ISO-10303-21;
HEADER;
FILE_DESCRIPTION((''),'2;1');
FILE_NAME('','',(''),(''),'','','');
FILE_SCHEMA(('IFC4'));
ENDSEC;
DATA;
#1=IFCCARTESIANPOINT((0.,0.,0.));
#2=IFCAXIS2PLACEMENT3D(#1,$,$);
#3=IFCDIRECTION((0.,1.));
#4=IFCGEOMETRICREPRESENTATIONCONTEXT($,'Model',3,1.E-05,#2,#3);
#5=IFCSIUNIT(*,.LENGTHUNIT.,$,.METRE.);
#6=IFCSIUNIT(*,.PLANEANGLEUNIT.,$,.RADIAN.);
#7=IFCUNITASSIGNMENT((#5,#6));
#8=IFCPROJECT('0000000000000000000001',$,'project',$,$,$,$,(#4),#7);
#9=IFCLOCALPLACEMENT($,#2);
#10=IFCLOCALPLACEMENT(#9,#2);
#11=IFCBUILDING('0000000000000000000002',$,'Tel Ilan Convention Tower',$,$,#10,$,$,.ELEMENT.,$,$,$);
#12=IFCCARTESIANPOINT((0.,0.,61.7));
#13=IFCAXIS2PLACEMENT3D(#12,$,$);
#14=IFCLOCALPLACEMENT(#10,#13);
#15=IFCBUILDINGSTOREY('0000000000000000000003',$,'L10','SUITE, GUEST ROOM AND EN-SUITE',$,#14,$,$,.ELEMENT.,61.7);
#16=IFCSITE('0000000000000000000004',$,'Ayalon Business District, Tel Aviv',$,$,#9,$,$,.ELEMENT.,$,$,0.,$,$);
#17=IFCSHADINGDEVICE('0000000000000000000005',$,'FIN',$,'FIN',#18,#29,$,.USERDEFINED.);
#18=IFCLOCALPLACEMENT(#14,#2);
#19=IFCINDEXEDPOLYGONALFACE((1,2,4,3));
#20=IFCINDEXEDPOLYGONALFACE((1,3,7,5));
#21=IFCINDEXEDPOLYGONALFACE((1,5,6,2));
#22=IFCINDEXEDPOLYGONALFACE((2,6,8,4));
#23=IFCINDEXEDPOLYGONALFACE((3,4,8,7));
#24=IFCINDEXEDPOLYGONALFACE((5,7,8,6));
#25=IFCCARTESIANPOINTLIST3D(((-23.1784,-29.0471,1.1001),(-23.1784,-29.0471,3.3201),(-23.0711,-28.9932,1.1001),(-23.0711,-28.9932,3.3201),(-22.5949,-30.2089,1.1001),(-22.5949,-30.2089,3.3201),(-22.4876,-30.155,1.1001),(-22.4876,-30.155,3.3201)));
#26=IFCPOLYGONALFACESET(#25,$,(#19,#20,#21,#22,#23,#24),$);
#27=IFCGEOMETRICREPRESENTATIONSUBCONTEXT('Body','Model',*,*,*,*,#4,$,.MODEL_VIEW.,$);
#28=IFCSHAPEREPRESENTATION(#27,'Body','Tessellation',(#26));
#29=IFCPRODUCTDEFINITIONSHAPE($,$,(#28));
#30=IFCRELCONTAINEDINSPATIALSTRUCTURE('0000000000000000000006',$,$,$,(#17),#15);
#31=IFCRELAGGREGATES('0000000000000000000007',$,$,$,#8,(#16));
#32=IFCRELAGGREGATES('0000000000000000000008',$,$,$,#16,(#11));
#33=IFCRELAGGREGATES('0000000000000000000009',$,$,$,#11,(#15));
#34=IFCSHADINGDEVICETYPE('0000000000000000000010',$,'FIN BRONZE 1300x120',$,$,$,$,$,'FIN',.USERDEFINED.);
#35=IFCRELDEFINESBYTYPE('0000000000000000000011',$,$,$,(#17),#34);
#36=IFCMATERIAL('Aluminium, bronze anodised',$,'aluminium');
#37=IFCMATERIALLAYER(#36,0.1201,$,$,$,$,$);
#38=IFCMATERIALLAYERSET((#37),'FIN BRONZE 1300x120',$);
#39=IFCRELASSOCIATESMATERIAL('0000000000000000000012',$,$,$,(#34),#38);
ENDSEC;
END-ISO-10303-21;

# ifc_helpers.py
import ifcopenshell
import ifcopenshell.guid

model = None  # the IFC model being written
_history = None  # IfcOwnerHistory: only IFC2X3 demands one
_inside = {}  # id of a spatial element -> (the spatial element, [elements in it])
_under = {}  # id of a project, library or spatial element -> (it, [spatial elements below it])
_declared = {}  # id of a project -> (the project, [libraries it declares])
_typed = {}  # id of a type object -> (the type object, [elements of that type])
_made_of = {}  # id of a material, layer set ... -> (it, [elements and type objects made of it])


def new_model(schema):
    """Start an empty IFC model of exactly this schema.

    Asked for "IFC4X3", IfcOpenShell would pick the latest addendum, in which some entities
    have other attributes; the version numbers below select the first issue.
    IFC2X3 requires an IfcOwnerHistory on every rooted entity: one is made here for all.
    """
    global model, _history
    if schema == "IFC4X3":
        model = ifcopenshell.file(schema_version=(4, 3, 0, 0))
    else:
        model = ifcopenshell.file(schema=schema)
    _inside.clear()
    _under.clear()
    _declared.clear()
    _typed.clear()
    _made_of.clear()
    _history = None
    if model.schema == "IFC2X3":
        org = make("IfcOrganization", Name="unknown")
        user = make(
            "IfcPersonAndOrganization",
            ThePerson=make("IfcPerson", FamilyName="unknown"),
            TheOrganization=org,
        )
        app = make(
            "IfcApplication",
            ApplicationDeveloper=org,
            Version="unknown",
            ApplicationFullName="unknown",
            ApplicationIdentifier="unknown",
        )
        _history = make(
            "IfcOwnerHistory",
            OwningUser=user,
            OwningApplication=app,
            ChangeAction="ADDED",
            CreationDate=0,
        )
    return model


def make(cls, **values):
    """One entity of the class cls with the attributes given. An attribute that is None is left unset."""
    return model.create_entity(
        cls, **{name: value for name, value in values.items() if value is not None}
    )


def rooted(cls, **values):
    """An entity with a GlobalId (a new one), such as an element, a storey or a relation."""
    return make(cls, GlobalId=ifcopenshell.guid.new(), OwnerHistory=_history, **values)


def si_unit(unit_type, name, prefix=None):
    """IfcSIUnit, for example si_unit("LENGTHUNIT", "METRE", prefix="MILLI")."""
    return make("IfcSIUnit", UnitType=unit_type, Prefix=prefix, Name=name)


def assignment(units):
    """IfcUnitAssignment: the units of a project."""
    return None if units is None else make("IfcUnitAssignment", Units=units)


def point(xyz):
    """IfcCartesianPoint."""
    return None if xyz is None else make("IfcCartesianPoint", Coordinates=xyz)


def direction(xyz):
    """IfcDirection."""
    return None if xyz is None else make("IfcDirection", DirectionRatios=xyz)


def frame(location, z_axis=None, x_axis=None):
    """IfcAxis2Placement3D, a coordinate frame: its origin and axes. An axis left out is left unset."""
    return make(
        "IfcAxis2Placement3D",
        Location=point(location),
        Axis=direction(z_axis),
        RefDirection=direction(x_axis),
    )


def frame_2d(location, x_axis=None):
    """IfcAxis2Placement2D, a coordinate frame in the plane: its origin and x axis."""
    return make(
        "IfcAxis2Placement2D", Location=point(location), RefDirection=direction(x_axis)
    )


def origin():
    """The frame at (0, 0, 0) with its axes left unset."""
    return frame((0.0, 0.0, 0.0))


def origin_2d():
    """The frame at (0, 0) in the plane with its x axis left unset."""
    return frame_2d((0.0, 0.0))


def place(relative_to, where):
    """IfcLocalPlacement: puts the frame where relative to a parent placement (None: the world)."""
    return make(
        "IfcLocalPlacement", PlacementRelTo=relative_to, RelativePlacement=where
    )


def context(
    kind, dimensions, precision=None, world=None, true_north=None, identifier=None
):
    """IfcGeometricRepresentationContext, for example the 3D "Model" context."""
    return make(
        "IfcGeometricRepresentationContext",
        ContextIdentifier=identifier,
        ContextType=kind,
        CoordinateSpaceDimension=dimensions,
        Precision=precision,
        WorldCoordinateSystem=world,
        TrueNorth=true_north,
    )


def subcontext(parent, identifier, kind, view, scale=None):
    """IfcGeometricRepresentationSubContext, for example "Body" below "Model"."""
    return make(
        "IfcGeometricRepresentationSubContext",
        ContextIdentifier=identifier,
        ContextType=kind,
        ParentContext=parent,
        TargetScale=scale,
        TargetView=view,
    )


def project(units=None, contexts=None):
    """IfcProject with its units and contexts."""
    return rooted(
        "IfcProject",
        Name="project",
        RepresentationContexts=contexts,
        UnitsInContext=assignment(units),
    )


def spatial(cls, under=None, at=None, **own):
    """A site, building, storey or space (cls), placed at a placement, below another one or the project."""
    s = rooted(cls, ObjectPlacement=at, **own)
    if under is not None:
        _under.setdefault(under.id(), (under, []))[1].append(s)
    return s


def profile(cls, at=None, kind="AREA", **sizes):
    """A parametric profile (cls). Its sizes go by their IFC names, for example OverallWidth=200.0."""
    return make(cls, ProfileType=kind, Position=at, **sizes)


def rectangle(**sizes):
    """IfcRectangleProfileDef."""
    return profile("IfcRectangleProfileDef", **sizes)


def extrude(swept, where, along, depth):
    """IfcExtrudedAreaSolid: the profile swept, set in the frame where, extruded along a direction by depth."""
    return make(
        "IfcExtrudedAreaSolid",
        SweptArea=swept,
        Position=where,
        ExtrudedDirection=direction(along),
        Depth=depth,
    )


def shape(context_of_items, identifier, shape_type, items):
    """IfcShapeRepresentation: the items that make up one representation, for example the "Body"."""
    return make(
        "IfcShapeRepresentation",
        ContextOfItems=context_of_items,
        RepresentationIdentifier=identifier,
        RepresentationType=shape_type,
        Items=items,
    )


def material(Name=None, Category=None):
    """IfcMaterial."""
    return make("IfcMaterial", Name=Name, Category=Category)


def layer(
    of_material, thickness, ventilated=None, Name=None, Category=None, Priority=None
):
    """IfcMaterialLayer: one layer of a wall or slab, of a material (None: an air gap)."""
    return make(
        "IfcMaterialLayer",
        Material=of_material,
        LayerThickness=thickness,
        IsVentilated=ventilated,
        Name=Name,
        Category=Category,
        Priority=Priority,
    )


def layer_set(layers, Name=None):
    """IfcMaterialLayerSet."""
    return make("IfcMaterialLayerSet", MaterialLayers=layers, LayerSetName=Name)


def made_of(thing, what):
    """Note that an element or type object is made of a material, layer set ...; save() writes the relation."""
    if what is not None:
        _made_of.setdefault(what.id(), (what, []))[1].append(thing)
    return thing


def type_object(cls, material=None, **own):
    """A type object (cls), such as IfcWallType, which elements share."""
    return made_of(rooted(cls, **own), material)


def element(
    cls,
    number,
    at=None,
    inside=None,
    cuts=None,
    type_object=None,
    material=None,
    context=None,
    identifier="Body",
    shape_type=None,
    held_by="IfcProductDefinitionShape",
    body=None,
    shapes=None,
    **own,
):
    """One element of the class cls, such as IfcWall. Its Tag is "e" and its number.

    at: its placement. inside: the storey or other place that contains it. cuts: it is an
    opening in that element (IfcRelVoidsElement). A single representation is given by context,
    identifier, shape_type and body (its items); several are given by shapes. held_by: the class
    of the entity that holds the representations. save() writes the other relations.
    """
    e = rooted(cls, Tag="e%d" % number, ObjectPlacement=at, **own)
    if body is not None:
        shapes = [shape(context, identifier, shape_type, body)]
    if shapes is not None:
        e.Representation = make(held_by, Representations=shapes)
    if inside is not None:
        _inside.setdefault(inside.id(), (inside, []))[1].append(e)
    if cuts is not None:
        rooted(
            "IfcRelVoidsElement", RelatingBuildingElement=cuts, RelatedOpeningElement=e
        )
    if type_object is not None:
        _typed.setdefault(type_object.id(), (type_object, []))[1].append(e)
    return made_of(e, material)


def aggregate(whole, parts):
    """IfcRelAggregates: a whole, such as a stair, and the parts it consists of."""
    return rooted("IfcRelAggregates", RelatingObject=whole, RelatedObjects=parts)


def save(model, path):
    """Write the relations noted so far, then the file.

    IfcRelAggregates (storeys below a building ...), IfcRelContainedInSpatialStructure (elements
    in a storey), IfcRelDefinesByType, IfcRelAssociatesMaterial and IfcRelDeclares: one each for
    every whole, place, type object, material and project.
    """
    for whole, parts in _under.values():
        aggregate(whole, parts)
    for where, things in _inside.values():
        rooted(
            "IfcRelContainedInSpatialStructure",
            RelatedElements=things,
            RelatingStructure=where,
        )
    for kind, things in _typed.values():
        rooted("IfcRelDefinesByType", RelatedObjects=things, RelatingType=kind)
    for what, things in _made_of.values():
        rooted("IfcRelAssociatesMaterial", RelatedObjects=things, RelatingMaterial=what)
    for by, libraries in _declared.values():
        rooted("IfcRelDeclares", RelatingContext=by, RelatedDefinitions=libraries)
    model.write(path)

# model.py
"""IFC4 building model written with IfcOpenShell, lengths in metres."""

from ifc_helpers import new_model, si_unit, direction, frame, origin, origin_2d, place, context, subcontext, project, spatial, rectangle, extrude, material, layer, layer_set, type_object, element, save


model = new_model("IFC4")

# Units and contexts
model_context = context("Model", 3, precision=1e-05, world=origin(), true_north=direction((0.0, 1.0)))
body_context = subcontext(model_context, "Body", "Model", "MODEL_VIEW")
ifc_project = project(units=[si_unit("LENGTHUNIT", "METRE"), si_unit("PLANEANGLEUNIT", "RADIAN")], contexts=[model_context])

# Site, building, storey
site_placement = place(None, origin())
site = spatial("IfcSite", under=ifc_project, at=site_placement, Name="Ayalon Business District, Tel Aviv", CompositionType="ELEMENT", RefElevation=0.0)
building_placement = place(site_placement, origin())
building = spatial("IfcBuilding", under=site, at=building_placement, Name="Tel Ilan Convention Tower", CompositionType="ELEMENT")
storey_placement = place(building_placement, frame((0.0, 0.0, 61.7)))
storey = spatial("IfcBuildingStorey", under=building, at=storey_placement, Name="L10", Description="SUITE, GUEST ROOM AND EN-SUITE", CompositionType="ELEMENT", Elevation=61.7)

# Shading device
ifc_material_1 = material(Name="Aluminium, bronze anodised", Category="aluminium")
ifc_layer_1 = layer(ifc_material_1, 0.1201)
ifc_layer_set_1 = layer_set([ifc_layer_1], Name="FIN BRONZE 1300x120")
shading_device_type = type_object("IfcShadingDeviceType", Name="FIN BRONZE 1300x120", ElementType="FIN", PredefinedType="USERDEFINED", material=ifc_layer_set_1)
for number, where, z_axis, x_axis, name in (
    (1, (-22.833, -29.6011, 1.1001), (0.0, 0.0, 1.0), (0.448799, -0.893633, 0.0), "FIN"),
):
    element("IfcShadingDevice", number, at=place(storey_placement, frame(where, z_axis=z_axis, x_axis=x_axis)), inside=storey, type_object=shading_device_type, Name=name, ObjectType="FIN", PredefinedType="USERDEFINED", context=body_context, shape_type="SweptSolid", body=[
        extrude(rectangle(XDim=1.3, YDim=0.1201, at=origin_2d()), origin(), (0.0, 0.0, 1.0), 2.22),
    ])

save(model, "model.ifc")
